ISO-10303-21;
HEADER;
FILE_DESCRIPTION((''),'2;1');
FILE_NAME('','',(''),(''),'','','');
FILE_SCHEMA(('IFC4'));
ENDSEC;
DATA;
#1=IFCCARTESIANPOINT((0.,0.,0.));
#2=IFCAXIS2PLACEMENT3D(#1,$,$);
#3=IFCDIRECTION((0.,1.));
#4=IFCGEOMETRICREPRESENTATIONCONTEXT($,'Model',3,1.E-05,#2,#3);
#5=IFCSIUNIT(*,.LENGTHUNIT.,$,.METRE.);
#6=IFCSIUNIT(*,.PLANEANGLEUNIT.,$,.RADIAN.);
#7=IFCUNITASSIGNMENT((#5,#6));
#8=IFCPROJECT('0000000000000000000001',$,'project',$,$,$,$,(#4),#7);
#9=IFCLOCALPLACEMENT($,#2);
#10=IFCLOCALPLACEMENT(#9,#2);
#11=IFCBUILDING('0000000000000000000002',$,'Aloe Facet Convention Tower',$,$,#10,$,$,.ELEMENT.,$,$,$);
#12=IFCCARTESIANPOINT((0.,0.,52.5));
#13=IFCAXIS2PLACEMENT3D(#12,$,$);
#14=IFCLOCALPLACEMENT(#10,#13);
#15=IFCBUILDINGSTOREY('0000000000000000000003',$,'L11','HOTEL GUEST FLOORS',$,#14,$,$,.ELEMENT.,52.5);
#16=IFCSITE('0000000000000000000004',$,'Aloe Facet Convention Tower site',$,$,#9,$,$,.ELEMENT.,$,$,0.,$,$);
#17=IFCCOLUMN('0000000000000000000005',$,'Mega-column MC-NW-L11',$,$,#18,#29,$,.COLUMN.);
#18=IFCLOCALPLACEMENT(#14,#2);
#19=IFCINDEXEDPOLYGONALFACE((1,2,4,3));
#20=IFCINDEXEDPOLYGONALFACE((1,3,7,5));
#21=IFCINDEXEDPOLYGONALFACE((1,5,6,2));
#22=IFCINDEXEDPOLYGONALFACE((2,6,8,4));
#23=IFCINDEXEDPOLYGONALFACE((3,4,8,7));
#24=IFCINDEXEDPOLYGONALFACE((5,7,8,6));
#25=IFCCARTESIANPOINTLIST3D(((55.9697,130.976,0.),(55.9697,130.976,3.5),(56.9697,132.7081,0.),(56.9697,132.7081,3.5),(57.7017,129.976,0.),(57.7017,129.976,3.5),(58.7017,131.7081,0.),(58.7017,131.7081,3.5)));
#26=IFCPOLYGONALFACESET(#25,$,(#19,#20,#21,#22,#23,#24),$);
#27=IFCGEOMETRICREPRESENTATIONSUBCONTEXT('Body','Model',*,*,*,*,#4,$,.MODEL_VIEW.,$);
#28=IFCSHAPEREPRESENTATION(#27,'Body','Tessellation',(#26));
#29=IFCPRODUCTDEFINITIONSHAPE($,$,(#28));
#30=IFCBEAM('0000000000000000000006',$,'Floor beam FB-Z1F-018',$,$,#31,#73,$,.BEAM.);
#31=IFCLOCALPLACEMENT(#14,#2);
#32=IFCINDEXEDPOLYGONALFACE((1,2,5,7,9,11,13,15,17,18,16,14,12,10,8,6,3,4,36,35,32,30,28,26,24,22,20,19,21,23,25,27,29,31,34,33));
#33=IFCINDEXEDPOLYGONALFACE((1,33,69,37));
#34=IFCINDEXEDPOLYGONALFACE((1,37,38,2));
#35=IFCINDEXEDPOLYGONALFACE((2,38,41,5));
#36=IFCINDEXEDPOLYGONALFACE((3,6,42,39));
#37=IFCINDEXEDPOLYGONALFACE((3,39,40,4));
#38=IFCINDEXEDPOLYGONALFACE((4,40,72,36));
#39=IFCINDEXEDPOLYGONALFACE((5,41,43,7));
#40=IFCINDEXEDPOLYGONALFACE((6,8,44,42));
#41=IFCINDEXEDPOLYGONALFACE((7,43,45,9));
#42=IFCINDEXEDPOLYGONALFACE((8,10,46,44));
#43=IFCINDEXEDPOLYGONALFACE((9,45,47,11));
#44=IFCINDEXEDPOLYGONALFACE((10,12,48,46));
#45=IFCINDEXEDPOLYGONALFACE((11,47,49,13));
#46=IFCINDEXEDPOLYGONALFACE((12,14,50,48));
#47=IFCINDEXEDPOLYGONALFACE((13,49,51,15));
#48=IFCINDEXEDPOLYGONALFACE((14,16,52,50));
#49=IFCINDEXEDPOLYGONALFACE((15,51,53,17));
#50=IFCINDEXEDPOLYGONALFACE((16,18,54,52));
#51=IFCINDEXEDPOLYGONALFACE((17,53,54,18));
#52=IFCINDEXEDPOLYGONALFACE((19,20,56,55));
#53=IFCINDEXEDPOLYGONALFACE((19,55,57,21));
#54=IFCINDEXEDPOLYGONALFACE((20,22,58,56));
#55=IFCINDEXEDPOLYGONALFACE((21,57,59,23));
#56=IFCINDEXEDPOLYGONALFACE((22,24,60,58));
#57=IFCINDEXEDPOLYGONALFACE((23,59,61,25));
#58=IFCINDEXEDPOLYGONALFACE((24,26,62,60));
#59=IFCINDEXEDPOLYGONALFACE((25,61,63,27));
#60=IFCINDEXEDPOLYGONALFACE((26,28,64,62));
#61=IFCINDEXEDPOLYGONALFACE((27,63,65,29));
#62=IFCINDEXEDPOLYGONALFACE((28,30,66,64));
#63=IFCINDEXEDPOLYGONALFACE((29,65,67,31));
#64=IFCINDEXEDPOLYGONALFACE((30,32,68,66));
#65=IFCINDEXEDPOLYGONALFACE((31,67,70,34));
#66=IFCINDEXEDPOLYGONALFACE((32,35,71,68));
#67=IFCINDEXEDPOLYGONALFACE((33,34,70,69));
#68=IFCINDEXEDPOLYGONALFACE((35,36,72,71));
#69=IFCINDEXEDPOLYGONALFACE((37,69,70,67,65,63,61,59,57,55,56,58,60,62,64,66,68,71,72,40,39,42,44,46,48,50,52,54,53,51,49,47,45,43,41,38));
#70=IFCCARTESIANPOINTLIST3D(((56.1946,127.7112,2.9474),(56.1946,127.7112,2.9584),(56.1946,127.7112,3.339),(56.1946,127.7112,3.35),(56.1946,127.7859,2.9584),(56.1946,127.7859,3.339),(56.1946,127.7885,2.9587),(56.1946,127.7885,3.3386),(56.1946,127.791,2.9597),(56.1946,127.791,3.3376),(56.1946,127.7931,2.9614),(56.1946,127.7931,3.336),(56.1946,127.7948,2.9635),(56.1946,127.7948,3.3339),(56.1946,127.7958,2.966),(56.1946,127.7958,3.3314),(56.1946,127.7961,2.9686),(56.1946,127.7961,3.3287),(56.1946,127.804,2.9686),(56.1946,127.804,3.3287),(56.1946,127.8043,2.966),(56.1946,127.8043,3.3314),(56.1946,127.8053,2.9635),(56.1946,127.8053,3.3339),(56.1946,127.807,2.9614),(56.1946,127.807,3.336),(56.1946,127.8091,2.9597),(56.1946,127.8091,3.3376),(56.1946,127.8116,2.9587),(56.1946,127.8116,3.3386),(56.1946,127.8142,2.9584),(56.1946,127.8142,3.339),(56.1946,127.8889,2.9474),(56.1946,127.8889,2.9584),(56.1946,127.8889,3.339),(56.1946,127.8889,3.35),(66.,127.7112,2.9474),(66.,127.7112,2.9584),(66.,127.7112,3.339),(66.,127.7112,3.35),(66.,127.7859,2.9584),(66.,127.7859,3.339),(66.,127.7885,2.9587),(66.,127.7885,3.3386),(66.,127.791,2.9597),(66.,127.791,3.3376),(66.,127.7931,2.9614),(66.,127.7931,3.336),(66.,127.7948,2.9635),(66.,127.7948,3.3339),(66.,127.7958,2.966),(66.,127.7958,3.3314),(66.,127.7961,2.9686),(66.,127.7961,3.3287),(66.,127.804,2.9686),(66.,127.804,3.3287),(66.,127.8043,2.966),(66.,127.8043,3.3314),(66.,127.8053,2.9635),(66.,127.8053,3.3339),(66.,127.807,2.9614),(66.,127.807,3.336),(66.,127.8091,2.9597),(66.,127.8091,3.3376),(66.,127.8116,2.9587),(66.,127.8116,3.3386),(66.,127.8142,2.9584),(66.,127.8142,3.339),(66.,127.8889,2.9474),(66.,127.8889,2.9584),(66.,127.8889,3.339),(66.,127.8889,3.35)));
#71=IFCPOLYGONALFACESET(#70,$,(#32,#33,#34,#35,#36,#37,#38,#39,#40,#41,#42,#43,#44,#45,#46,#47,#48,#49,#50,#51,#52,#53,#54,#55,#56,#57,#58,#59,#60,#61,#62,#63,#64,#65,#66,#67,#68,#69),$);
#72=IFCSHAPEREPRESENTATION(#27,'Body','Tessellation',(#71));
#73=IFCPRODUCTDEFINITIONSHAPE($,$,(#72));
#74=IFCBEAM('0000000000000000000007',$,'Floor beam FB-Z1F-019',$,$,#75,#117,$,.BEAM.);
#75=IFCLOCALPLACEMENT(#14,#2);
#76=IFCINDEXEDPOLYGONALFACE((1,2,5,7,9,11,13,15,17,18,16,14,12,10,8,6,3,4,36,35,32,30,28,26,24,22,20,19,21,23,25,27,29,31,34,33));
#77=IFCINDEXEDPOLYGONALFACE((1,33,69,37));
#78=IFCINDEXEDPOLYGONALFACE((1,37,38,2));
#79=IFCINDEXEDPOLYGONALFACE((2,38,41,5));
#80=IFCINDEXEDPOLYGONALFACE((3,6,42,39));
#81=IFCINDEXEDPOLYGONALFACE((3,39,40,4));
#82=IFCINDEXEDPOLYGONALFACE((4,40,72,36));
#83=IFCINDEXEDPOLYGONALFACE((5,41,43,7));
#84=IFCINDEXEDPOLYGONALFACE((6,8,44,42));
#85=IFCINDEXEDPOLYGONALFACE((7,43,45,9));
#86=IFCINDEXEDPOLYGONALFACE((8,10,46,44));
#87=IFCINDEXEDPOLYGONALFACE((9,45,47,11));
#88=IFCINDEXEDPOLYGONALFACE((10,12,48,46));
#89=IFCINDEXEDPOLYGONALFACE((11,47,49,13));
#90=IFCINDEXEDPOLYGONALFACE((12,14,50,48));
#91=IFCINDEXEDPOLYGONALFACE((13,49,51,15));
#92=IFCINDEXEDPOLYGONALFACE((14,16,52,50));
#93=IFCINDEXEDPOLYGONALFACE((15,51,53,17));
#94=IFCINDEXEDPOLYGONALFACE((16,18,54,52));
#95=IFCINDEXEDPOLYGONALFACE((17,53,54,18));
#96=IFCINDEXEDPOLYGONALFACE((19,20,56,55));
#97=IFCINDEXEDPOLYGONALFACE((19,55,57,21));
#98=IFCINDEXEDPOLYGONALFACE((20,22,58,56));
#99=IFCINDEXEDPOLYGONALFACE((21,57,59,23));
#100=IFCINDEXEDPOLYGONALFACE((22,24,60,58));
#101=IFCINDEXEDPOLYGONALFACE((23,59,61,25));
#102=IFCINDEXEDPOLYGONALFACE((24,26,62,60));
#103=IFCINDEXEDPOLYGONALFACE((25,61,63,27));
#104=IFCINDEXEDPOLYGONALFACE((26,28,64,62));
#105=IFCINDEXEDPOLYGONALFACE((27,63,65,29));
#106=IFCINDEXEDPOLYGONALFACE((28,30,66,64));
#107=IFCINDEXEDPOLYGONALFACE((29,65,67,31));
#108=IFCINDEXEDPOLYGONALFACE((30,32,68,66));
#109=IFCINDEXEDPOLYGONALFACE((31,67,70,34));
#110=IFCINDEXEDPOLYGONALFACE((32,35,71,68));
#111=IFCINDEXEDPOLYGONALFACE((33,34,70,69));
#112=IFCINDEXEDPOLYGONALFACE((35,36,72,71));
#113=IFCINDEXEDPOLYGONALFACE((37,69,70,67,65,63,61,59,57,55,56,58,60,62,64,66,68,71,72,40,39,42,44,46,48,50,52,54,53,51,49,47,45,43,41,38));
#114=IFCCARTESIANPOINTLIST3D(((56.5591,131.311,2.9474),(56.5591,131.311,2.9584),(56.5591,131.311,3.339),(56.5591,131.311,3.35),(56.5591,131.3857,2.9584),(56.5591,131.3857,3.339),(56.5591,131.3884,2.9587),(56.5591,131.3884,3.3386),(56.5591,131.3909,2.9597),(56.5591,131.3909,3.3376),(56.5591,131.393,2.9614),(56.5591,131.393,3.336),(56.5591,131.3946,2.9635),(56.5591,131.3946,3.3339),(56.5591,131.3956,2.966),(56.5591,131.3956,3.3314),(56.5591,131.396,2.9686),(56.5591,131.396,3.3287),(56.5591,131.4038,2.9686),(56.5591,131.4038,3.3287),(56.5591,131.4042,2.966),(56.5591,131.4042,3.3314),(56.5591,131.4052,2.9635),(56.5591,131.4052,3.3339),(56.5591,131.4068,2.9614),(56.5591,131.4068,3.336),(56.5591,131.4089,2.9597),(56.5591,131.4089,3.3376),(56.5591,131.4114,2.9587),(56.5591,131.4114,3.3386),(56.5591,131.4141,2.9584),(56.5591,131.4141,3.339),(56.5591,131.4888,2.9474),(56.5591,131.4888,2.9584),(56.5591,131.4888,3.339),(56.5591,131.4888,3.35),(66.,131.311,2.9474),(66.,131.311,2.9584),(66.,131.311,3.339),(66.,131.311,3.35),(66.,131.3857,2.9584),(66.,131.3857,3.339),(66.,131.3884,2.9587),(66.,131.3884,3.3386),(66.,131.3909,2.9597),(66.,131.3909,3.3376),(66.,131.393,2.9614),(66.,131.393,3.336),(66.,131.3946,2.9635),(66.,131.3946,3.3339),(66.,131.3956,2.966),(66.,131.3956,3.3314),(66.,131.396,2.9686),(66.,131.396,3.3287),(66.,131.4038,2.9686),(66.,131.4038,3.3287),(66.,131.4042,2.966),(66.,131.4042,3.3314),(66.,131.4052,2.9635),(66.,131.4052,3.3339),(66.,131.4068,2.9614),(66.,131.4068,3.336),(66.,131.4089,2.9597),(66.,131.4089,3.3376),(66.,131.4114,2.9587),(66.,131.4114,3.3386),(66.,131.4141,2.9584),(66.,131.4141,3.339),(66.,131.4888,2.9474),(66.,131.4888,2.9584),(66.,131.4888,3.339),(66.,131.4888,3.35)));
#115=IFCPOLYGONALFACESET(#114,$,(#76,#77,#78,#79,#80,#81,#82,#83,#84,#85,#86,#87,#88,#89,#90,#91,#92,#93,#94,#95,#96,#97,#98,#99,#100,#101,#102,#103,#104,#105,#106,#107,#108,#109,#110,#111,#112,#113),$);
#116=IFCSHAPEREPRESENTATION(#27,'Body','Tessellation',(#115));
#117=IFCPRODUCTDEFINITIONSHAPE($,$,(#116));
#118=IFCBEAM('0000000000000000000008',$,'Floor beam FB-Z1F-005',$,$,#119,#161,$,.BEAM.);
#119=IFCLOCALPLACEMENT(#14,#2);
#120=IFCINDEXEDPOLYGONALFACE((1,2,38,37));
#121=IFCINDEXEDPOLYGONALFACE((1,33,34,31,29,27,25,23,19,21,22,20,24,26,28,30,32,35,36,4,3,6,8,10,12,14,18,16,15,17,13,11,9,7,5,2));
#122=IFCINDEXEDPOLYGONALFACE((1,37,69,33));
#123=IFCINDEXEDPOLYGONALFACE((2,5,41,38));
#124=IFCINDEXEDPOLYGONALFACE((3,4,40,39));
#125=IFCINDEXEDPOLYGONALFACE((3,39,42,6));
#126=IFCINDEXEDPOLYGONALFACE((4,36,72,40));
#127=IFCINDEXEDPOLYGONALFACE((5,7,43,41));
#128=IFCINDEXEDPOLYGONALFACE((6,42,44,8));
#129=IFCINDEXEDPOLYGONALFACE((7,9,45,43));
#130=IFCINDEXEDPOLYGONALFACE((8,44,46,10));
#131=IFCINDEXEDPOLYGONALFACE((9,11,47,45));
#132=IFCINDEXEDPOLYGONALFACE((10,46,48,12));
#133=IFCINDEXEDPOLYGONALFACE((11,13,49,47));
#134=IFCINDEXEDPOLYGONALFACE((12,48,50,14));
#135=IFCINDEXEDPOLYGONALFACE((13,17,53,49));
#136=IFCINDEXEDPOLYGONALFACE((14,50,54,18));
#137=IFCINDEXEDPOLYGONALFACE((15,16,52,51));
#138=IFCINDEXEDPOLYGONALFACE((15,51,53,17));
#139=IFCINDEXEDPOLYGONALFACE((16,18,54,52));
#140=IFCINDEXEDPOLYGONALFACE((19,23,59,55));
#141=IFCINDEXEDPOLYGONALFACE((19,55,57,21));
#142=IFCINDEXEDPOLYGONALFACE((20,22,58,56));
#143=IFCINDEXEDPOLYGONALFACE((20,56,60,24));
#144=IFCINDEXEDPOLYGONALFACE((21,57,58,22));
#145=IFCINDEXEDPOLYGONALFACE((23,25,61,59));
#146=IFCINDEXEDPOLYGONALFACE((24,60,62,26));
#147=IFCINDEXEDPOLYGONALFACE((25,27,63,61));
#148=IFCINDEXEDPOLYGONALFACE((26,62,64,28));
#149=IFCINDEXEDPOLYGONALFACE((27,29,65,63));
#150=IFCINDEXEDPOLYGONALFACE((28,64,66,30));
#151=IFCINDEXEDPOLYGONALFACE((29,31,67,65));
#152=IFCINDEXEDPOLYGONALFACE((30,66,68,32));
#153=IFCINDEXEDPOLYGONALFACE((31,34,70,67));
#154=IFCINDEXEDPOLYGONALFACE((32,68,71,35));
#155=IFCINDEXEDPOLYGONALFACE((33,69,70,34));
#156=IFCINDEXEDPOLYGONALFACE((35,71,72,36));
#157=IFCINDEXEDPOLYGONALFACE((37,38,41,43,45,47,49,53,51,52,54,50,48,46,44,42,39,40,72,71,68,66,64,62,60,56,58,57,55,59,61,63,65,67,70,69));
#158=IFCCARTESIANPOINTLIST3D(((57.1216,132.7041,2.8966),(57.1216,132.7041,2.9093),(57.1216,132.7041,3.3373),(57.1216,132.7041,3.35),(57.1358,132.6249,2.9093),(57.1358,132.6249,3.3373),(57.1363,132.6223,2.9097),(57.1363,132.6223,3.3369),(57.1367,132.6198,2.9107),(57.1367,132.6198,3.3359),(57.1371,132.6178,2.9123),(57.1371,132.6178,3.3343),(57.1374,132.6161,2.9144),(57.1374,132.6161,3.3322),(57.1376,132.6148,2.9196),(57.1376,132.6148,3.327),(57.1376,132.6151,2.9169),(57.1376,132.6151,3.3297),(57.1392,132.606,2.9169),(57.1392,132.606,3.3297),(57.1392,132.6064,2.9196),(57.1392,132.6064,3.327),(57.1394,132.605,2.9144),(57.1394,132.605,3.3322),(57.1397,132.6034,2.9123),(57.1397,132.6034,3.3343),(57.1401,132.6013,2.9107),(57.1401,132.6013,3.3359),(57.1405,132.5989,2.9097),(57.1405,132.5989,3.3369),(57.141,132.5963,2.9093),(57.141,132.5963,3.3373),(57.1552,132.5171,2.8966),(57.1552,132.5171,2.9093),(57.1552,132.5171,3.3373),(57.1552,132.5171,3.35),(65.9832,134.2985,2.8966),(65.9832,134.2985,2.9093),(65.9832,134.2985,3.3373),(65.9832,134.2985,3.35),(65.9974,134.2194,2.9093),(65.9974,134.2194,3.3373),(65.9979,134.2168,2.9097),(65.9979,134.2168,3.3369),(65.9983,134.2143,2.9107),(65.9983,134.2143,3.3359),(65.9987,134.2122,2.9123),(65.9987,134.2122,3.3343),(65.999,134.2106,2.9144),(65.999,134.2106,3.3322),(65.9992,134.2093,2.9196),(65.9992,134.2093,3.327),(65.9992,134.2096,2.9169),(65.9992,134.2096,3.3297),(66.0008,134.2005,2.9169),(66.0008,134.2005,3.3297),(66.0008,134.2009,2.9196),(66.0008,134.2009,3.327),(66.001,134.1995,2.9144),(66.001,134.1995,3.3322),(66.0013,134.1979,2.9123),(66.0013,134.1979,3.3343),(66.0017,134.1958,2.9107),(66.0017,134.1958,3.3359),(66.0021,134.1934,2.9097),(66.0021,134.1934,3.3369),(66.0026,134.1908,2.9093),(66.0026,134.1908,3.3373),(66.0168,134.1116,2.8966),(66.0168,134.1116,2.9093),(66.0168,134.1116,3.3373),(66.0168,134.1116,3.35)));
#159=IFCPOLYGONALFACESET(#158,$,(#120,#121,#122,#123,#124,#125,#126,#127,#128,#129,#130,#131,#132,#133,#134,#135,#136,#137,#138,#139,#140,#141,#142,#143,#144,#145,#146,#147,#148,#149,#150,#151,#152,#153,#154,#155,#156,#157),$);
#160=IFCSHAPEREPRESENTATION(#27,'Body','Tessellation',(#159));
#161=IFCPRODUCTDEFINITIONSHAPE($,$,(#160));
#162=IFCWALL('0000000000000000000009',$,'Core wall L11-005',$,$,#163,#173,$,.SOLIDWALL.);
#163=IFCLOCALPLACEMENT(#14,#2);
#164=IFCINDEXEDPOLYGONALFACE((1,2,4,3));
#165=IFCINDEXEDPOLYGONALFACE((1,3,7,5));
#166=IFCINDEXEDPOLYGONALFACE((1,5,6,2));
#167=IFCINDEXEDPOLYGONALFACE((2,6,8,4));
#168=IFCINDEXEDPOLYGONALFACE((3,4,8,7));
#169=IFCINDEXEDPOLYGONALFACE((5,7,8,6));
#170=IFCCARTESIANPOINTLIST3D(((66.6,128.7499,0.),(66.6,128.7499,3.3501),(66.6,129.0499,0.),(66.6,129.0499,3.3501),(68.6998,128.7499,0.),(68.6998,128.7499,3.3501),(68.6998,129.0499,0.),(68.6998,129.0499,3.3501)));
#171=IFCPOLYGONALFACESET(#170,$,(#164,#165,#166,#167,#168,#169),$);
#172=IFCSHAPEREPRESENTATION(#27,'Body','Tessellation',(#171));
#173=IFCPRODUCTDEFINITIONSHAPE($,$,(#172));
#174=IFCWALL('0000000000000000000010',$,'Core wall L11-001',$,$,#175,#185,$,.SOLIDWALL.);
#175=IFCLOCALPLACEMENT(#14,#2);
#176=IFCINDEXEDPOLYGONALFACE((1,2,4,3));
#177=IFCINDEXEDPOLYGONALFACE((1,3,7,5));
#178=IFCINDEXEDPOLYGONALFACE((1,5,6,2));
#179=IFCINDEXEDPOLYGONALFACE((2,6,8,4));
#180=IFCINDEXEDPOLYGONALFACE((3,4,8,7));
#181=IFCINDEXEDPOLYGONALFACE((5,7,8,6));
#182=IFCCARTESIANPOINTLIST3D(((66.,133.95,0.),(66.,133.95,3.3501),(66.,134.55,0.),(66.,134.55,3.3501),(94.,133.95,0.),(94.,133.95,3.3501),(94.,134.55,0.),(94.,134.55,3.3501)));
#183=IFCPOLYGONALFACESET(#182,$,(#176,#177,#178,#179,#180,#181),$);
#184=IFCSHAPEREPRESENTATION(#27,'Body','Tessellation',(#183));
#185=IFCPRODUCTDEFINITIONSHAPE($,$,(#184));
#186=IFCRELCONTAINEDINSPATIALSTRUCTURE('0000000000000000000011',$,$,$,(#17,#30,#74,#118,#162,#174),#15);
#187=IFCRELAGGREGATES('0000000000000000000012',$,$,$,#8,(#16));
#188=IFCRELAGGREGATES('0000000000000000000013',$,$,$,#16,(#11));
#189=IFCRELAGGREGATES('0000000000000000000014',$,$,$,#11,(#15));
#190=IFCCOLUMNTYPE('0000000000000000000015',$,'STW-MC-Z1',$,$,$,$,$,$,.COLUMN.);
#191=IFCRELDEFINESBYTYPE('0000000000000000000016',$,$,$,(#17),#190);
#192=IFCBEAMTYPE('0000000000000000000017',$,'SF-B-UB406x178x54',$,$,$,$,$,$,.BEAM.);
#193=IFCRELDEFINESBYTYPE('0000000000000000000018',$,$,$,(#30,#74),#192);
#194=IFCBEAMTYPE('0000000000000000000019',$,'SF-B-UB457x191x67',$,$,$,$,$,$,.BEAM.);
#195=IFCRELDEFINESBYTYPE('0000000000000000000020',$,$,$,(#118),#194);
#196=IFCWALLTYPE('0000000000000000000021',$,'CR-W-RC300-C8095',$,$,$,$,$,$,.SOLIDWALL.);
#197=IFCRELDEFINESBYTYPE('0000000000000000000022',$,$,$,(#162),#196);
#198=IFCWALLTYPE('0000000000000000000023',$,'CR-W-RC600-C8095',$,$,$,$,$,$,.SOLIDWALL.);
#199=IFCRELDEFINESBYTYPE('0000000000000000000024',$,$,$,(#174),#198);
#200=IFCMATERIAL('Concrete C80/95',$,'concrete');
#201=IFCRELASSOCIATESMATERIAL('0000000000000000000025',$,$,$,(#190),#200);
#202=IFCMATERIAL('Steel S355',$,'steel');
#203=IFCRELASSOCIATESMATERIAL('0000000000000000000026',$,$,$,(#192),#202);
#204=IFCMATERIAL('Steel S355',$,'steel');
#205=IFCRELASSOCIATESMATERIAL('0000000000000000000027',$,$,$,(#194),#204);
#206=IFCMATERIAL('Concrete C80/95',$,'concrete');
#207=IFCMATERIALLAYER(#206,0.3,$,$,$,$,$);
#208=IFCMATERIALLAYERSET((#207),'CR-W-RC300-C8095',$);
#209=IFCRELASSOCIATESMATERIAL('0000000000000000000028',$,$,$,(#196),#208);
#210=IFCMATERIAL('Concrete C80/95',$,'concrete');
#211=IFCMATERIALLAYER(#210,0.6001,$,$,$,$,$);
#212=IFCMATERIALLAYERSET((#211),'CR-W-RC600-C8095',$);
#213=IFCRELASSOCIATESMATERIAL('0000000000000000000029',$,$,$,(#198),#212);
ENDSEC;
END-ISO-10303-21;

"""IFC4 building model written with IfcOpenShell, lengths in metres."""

from ifc_helpers import new_model, si_unit, direction, frame, frame_2d, origin, origin_2d, place, context, subcontext, project, spatial, rectangle, i_section, extrude, material, layer, layer_set, material_profile, profile_set, type_object, element, save


model = new_model("IFC4")

# Units and contexts
model_context = context("Model", 3, precision=1e-05, world=origin(), true_north=direction((0.0, 1.0)))
body_context = subcontext(model_context, "Body", "Model", "MODEL_VIEW")
ifc_project = project(units=[si_unit("LENGTHUNIT", "METRE"), si_unit("PLANEANGLEUNIT", "RADIAN")], contexts=[model_context])

# Site, building, storey
site_placement = place(None, origin())
site = spatial("IfcSite", under=ifc_project, at=site_placement, Name="Aloe Facet Convention Tower site", CompositionType="ELEMENT", RefElevation=0.0)
building_placement = place(site_placement, origin())
building = spatial("IfcBuilding", under=site, at=building_placement, Name="Aloe Facet Convention Tower", CompositionType="ELEMENT")
storey_placement = place(building_placement, frame((0.0, 0.0, 52.5)))
storey = spatial("IfcBuildingStorey", under=building, at=storey_placement, Name="L11", Description="HOTEL GUEST FLOORS", CompositionType="ELEMENT", Elevation=52.5)

# Column
ifc_material_1 = material(Name="Concrete C80/95", Category="concrete")
ifc_material_profile_1 = material_profile(ifc_material_1, rectangle(XDim=2.0, YDim=2.0, at=origin_2d()), Name="STW-MC-Z1")
ifc_profile_set_1 = profile_set([ifc_material_profile_1], Name="Concrete C80/95")
column_type = type_object("IfcColumnType", Name="STW-MC-Z1", PredefinedType="COLUMN", material=ifc_profile_set_1)
column_placement = place(storey_placement, frame((57.3357, 131.342, 0.0), z_axis=(0.0, 0.0, 1.0), x_axis=(-0.5, -0.866025, 0.0)))
element("IfcColumn", 1, at=column_placement, inside=storey, type_object=column_type, Name="Mega-column MC-NW-L11", PredefinedType="COLUMN", context=body_context, shape_type="SweptSolid", body=[
    extrude(rectangle(XDim=2.0, YDim=2.0, at=origin_2d()), origin(), (0.0, 0.0, 1.0), 3.5),
])

# Beams
ifc_material_2 = material(Name="Steel S355", Category="steel")
ifc_material_profile_2 = material_profile(ifc_material_2, i_section(OverallWidth=0.1777, OverallDepth=0.4026, WebThickness=0.0078, FlangeThickness=0.011, FilletRadius=0.0103, at=origin_2d()), Name="UB 406x178x54")
ifc_profile_set_2 = profile_set([ifc_material_profile_2], Name="Steel S355")
beam_type_1 = type_object("IfcBeamType", Name="SF-B-UB406x178x54", PredefinedType="BEAM", material=ifc_profile_set_2)
beam_1_placement = place(storey_placement, frame((56.1946, 127.8, 3.1487), z_axis=(1.0, 0.0, 0.0), x_axis=(0.0, 1.0, 0.0)))
element("IfcBeam", 2, at=beam_1_placement, inside=storey, type_object=beam_type_1, Name="Floor beam FB-Z1F-018", PredefinedType="BEAM", context=body_context, shape_type="SweptSolid", body=[
    extrude(i_section(OverallWidth=0.1777, OverallDepth=0.4026, WebThickness=0.0078, FlangeThickness=0.011, FilletRadius=0.0103, at=origin_2d()), origin(), (0.0, 0.0, 1.0), 9.8054),
])
beam_2_placement = place(storey_placement, frame((56.5591, 131.3999, 3.1487), z_axis=(1.0, 0.0, 0.0), x_axis=(0.0, 1.0, 0.0)))
element("IfcBeam", 3, at=beam_2_placement, inside=storey, type_object=beam_type_1, Name="Floor beam FB-Z1F-019", PredefinedType="BEAM", context=body_context, shape_type="SweptSolid", body=[
    extrude(i_section(OverallWidth=0.1777, OverallDepth=0.4026, WebThickness=0.0078, FlangeThickness=0.011, FilletRadius=0.0103, at=origin_2d()), origin(), (0.0, 0.0, 1.0), 9.4409),
])
ifc_material_3 = material(Name="Steel S355", Category="steel")
ifc_material_profile_3 = material_profile(ifc_material_3, i_section(OverallWidth=0.1899, OverallDepth=0.4534, WebThickness=0.0085, FlangeThickness=0.0127, FilletRadius=0.0103, at=origin_2d()), Name="UB 457x191x67")
ifc_profile_set_3 = profile_set([ifc_material_profile_3], Name="Steel S355")
beam_type_2 = type_object("IfcBeamType", Name="SF-B-UB457x191x67", PredefinedType="BEAM", material=ifc_profile_set_3)
beam_3_placement = place(storey_placement, frame((66.0, 134.2051, 3.1233), z_axis=(-0.984195, -0.177088, 0.0), x_axis=(0.177088, -0.984195, 0.0)))
element("IfcBeam", 4, at=beam_3_placement, inside=storey, type_object=beam_type_2, Name="Floor beam FB-Z1F-005", PredefinedType="BEAM", context=body_context, shape_type="SweptSolid", body=[
    extrude(i_section(OverallWidth=0.1899, OverallDepth=0.4534, WebThickness=0.0085, FlangeThickness=0.0127, FilletRadius=0.0103, at=origin_2d()), origin(), (0.0, 0.0, 1.0), 9.0039),
])

# Walls
ifc_material_4 = material(Name="Concrete C80/95", Category="concrete")
ifc_layer_1 = layer(ifc_material_4, 0.3)
ifc_layer_set_1 = layer_set([ifc_layer_1], Name="CR-W-RC300-C8095")
wall_type_1 = type_object("IfcWallType", Name="CR-W-RC300-C8095", PredefinedType="SOLIDWALL", material=ifc_layer_set_1)
wall_1_placement = place(storey_placement, frame((66.6001, 128.8999, 0.0), z_axis=(0.0, 0.0, 1.0), x_axis=(1.0, 0.0, 0.0)))
element("IfcWall", 5, at=wall_1_placement, inside=storey, type_object=wall_type_1, Name="Core wall L11-005", PredefinedType="SOLIDWALL", context=body_context, shape_type="SweptSolid", body=[
    extrude(rectangle(XDim=2.0999, YDim=0.3, at=frame_2d((1.0498, 0.0))), origin(), (0.0, 0.0, 1.0), 3.3501),
])
ifc_material_5 = material(Name="Concrete C80/95", Category="concrete")
ifc_layer_2 = layer(ifc_material_5, 0.6001)
ifc_layer_set_2 = layer_set([ifc_layer_2], Name="CR-W-RC600-C8095")
wall_type_2 = type_object("IfcWallType", Name="CR-W-RC600-C8095", PredefinedType="SOLIDWALL", material=ifc_layer_set_2)
wall_2_placement = place(storey_placement, frame((66.0, 134.25, 0.0), z_axis=(0.0, 0.0, 1.0), x_axis=(1.0, 0.0, 0.0)))
element("IfcWall", 6, at=wall_2_placement, inside=storey, type_object=wall_type_2, Name="Core wall L11-001", PredefinedType="SOLIDWALL", context=body_context, shape_type="SweptSolid", body=[
    extrude(rectangle(XDim=28.0, YDim=0.6001, at=frame_2d((14.0, 0.0))), origin(), (0.0, 0.0, 1.0), 3.3501),
])

save(model, "model.ifc")
